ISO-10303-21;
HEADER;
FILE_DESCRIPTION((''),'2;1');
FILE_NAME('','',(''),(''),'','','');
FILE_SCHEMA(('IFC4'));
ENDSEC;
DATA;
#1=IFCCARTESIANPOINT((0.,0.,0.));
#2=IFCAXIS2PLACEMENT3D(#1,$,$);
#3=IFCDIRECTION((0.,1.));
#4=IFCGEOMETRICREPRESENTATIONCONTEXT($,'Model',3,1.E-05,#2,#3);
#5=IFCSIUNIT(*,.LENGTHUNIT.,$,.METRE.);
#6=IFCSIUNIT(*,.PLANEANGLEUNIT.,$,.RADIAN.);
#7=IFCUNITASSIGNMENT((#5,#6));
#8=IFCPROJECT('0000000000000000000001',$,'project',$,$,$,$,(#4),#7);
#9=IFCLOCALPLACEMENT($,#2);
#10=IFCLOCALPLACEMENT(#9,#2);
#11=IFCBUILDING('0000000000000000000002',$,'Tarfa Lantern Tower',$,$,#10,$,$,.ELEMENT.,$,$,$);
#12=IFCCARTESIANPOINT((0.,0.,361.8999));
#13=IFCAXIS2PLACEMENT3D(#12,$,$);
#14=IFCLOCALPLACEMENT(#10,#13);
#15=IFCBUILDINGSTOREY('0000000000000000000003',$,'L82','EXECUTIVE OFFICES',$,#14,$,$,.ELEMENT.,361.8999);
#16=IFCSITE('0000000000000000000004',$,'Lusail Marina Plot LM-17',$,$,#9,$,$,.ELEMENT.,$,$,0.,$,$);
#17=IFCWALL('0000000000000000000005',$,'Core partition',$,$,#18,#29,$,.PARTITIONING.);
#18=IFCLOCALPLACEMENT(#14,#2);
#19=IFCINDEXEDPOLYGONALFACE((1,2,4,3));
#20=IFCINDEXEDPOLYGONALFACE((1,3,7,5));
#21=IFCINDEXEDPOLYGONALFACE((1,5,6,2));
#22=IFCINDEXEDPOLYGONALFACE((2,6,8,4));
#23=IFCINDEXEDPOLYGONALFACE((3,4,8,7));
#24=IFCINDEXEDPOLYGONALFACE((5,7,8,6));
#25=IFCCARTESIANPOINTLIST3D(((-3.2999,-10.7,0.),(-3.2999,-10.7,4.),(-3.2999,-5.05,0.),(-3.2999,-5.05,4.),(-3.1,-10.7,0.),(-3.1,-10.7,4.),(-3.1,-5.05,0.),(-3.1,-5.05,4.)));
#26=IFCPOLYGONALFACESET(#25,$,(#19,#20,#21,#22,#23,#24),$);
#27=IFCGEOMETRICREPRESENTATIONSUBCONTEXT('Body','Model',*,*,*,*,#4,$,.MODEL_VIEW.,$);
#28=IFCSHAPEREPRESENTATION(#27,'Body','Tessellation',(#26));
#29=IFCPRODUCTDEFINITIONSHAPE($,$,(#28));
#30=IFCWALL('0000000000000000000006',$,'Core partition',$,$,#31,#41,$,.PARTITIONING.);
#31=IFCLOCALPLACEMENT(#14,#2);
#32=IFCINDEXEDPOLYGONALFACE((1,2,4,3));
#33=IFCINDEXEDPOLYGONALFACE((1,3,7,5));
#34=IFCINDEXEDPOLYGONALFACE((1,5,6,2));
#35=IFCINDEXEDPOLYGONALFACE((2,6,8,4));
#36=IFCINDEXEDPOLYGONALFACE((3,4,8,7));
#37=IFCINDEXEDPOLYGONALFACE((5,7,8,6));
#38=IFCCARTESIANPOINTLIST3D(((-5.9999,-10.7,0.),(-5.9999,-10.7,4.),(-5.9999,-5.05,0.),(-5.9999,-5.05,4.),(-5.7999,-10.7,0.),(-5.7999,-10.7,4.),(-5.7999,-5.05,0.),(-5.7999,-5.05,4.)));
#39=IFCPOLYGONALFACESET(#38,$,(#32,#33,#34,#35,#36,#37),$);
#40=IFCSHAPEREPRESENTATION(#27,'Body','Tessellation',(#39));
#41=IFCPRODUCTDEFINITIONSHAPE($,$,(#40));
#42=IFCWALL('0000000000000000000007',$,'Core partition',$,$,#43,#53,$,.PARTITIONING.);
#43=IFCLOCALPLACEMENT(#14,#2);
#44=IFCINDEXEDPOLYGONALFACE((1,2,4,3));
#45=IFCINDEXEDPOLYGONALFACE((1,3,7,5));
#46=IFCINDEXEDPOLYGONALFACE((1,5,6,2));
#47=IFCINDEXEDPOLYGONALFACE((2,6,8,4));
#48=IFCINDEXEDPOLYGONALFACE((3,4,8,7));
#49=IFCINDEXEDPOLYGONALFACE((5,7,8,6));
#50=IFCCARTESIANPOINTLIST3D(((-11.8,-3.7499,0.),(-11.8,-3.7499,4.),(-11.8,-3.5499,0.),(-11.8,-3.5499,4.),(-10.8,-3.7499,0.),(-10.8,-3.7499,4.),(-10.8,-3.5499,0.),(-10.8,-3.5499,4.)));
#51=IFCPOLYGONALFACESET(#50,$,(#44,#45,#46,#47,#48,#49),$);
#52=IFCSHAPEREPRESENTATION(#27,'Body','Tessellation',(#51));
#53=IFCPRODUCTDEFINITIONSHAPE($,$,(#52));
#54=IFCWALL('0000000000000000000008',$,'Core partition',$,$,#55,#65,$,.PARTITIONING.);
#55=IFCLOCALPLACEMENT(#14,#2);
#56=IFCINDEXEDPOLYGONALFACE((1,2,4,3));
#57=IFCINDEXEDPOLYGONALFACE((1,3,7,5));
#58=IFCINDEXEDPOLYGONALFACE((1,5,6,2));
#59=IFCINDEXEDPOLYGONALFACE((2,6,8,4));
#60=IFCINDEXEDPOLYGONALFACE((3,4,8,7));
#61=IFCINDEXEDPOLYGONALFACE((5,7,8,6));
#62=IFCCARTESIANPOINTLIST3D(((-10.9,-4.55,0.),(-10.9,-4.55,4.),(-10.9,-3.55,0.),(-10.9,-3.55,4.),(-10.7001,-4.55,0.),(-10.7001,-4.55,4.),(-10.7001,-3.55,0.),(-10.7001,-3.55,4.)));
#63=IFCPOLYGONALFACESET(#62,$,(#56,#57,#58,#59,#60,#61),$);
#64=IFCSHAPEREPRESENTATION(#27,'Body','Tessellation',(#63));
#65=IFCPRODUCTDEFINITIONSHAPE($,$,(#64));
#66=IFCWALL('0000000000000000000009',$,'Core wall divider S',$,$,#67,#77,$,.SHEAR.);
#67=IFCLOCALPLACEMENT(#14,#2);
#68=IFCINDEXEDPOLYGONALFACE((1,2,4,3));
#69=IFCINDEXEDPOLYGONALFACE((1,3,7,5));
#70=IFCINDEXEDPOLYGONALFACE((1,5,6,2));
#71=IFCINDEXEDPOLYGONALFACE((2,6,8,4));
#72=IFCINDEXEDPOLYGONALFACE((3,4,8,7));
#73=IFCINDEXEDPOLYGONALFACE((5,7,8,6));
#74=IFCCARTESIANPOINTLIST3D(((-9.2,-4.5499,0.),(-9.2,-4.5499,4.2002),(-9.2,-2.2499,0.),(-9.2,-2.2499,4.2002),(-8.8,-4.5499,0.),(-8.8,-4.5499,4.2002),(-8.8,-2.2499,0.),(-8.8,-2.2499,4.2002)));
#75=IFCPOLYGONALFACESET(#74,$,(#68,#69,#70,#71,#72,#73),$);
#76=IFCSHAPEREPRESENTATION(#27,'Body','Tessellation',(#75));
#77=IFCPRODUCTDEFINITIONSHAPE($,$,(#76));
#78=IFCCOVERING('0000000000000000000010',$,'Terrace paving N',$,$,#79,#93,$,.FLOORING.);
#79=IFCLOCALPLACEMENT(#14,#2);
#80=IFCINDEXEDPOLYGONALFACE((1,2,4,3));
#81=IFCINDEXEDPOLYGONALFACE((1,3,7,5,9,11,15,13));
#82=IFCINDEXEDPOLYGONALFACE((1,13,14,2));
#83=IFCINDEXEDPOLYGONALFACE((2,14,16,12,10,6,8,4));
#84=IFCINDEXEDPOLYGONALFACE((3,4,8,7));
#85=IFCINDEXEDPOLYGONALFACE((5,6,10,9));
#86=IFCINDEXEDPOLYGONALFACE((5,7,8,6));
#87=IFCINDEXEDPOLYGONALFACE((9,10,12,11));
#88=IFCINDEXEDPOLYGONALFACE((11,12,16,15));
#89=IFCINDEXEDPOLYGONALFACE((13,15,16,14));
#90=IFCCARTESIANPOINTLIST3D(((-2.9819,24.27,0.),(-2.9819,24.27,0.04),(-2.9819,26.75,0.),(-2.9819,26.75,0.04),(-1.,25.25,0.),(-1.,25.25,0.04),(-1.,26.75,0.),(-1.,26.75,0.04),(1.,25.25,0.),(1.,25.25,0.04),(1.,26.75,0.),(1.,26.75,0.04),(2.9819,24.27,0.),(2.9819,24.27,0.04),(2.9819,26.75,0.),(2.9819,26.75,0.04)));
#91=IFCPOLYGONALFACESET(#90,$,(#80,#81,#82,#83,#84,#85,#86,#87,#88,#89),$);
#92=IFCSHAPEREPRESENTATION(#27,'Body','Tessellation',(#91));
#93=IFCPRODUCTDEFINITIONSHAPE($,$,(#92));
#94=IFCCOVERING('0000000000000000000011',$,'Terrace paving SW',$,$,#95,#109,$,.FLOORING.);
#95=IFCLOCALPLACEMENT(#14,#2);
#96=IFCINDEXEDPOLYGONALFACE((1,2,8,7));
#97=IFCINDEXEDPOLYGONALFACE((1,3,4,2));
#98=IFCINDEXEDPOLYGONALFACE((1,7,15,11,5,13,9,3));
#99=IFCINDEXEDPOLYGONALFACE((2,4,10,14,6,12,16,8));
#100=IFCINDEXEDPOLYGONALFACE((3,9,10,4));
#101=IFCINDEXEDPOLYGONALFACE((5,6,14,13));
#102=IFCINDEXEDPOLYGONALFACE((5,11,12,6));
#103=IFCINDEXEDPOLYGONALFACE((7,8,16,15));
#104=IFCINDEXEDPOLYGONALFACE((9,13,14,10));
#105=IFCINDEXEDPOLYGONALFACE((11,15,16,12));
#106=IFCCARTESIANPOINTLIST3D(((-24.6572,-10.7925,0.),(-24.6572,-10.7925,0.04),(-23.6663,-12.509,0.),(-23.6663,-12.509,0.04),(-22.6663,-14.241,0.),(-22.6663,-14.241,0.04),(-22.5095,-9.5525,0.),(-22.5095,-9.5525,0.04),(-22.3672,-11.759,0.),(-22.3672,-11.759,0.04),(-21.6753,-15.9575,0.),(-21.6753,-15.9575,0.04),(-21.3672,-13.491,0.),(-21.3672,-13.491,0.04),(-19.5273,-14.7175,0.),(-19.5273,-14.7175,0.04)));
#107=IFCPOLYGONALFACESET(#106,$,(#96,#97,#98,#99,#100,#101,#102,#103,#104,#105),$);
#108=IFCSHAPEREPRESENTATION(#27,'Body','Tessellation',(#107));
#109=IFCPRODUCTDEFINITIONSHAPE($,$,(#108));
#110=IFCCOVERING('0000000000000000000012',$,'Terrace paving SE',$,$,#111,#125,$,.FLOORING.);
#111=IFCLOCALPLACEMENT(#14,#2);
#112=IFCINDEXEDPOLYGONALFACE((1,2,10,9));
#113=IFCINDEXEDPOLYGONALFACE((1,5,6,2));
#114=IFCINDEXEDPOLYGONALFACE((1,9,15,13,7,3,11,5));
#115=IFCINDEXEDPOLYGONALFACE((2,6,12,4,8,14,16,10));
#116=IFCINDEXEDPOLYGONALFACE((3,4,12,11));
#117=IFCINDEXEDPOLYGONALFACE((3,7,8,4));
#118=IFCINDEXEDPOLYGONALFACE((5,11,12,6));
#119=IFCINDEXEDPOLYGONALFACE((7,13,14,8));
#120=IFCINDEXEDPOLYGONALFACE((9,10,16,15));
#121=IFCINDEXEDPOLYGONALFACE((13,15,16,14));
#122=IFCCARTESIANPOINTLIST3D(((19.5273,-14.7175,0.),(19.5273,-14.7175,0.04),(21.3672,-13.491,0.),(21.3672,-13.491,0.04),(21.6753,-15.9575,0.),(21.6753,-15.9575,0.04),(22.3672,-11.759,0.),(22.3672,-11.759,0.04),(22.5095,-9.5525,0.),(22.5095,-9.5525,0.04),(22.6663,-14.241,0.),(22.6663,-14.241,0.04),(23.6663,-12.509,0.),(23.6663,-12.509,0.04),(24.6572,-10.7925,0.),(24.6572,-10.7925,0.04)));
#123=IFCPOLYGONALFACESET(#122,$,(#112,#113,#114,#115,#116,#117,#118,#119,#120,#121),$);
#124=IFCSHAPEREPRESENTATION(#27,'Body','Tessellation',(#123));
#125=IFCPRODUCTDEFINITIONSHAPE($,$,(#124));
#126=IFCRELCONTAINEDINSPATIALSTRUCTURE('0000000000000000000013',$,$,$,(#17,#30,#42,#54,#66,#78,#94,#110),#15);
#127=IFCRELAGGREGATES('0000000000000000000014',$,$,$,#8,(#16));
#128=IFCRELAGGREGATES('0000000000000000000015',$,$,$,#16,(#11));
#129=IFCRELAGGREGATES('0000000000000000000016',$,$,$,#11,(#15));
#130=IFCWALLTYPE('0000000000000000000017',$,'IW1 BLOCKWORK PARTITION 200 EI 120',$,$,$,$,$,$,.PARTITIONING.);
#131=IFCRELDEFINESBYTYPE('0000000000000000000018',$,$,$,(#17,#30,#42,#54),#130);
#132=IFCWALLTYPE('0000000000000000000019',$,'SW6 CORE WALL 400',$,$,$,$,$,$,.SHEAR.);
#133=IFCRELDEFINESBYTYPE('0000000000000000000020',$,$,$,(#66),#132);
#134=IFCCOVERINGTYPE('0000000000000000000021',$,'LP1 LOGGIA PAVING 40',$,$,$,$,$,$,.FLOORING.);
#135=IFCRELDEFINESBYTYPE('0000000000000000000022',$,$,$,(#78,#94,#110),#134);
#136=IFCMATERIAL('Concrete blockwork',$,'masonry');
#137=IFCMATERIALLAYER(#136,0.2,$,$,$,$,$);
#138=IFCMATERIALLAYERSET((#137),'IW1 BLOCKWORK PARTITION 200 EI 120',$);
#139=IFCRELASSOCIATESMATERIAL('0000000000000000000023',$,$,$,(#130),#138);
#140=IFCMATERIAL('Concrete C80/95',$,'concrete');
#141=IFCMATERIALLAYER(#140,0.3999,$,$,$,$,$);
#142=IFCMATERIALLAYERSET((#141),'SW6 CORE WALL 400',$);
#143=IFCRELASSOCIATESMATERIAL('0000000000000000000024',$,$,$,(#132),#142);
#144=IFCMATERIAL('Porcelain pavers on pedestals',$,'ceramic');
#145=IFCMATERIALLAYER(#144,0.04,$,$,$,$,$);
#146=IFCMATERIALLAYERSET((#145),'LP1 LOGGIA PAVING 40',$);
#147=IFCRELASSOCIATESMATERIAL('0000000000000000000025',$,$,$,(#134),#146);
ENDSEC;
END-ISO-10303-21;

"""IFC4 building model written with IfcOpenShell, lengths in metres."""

from ifc_helpers import new_model, si_unit, direction, frame, frame_2d, origin, place, context, subcontext, project, spatial, polyline, rectangle, outline, extrude, material, layer, layer_set, type_object, element, save


model = new_model("IFC4")

# Units and contexts
model_context = context("Model", 3, precision=1e-05, world=origin(), true_north=direction((0.0, 1.0)))
body_context = subcontext(model_context, "Body", "Model", "MODEL_VIEW")
ifc_project = project(units=[si_unit("LENGTHUNIT", "METRE"), si_unit("PLANEANGLEUNIT", "RADIAN")], contexts=[model_context])

# Site, building, storey
site_placement = place(None, origin())
site = spatial("IfcSite", under=ifc_project, at=site_placement, Name="Lusail Marina Plot LM-17", CompositionType="ELEMENT", RefElevation=0.0)
building_placement = place(site_placement, origin())
building = spatial("IfcBuilding", under=site, at=building_placement, Name="Tarfa Lantern Tower", CompositionType="ELEMENT")
storey_placement = place(building_placement, frame((0.0, 0.0, 361.8999)))
storey = spatial("IfcBuildingStorey", under=building, at=storey_placement, Name="L82", Description="EXECUTIVE OFFICES", CompositionType="ELEMENT", Elevation=361.8999)

# Walls
ifc_material_1 = material(Name="Concrete blockwork", Category="masonry")
ifc_layer_1 = layer(ifc_material_1, 0.2)
ifc_layer_set_1 = layer_set([ifc_layer_1], Name="IW1 BLOCKWORK PARTITION 200 EI 120")
wall_type_1 = type_object("IfcWallType", Name="IW1 BLOCKWORK PARTITION 200 EI 120", PredefinedType="PARTITIONING", material=ifc_layer_set_1)
for number, where, z_axis, x_axis, name in (
    (1, (-3.2, -5.05, 0.0), (0.0, 0.0, 1.0), (0.0, -1.0, 0.0), "Core partition"),
    (2, (-5.8999, -5.05, 0.0), (0.0, 0.0, 1.0), (0.0, -1.0, 0.0), "Core partition"),
):
    element("IfcWall", number, at=place(storey_placement, frame(where, z_axis=z_axis, x_axis=x_axis)), inside=storey, type_object=wall_type_1, Name=name, PredefinedType="PARTITIONING", context=body_context, shape_type="SweptSolid", body=[
        extrude(rectangle(XDim=5.6499, YDim=0.2, at=frame_2d((2.825, 0.0))), origin(), (0.0, 0.0, 1.0), 4.0),
    ])
for number, where, z_axis, x_axis, name in (
    (3, (-10.8, -3.6499, 0.0), (0.0, 0.0, 1.0), (-1.0, 0.0, 0.0), "Core partition"),
    (4, (-10.8, -3.55, 0.0), (0.0, 0.0, 1.0), (0.0, -1.0, 0.0), "Core partition"),
):
    element("IfcWall", number, at=place(storey_placement, frame(where, z_axis=z_axis, x_axis=x_axis)), inside=storey, type_object=wall_type_1, Name=name, PredefinedType="PARTITIONING", context=body_context, shape_type="SweptSolid", body=[
        extrude(rectangle(XDim=1.0, YDim=0.2, at=frame_2d((0.5, 0.0))), origin(), (0.0, 0.0, 1.0), 4.0),
    ])
ifc_material_2 = material(Name="Concrete C80/95", Category="concrete")
ifc_layer_2 = layer(ifc_material_2, 0.3999)
ifc_layer_set_2 = layer_set([ifc_layer_2], Name="SW6 CORE WALL 400")
wall_type_2 = type_object("IfcWallType", Name="SW6 CORE WALL 400", PredefinedType="SHEAR", material=ifc_layer_set_2)
wall_1_placement = place(storey_placement, frame((-9.0, -2.25, 0.0), z_axis=(0.0, 0.0, 1.0), x_axis=(0.0, -1.0, 0.0)))
element("IfcWall", 5, at=wall_1_placement, inside=storey, type_object=wall_type_2, Name="Core wall divider S", PredefinedType="SHEAR", context=body_context, shape_type="SweptSolid", body=[
    extrude(rectangle(XDim=2.3, YDim=0.3999, at=frame_2d((1.1499, 0.0))), origin(), (0.0, 0.0, 1.0), 4.2002),
])

# Coverings
ifc_material_3 = material(Name="Porcelain pavers on pedestals", Category="ceramic")
ifc_layer_3 = layer(ifc_material_3, 0.04)
ifc_layer_set_3 = layer_set([ifc_layer_3], Name="LP1 LOGGIA PAVING 40")
covering_type = type_object("IfcCoveringType", Name="LP1 LOGGIA PAVING 40", PredefinedType="FLOORING", material=ifc_layer_set_3)
covering_1_placement = place(storey_placement, origin())
element("IfcCovering", 6, at=covering_1_placement, inside=storey, type_object=covering_type, Name="Terrace paving N", PredefinedType="FLOORING", context=body_context, shape_type="SweptSolid", body=[
    extrude(outline(polyline([(2.9819, 26.75), (2.9819, 24.27), (-2.9819, 24.27), (-2.9819, 26.75), (-1.0, 26.75), (-1.0, 25.25), (1.0, 25.25), (1.0, 26.75), (2.9819, 26.75)])), origin(), (0.0, 0.0, 1.0), 0.04),
])
covering_2_placement = place(storey_placement, origin())
element("IfcCovering", 7, at=covering_2_placement, inside=storey, type_object=covering_type, Name="Terrace paving SW", PredefinedType="FLOORING", context=body_context, shape_type="SweptSolid", body=[
    extrude(outline(polyline([(-24.6572, -10.7925), (-22.5095, -9.5525), (-19.5273, -14.7175), (-21.6753, -15.9575), (-22.6663, -14.241), (-21.3672, -13.491), (-22.3672, -11.759), (-23.6663, -12.509), (-24.6572, -10.7925)])), origin(), (0.0, 0.0, 1.0), 0.04),
])
covering_3_placement = place(storey_placement, origin())
element("IfcCovering", 8, at=covering_3_placement, inside=storey, type_object=covering_type, Name="Terrace paving SE", PredefinedType="FLOORING", context=body_context, shape_type="SweptSolid", body=[
    extrude(outline(polyline([(21.6753, -15.9575), (19.5273, -14.7175), (22.5095, -9.5525), (24.6572, -10.7925), (23.6663, -12.509), (22.3672, -11.759), (21.3672, -13.491), (22.6663, -14.241), (21.6753, -15.9575)])), origin(), (0.0, 0.0, 1.0), 0.04),
])

save(model, "model.ifc")
